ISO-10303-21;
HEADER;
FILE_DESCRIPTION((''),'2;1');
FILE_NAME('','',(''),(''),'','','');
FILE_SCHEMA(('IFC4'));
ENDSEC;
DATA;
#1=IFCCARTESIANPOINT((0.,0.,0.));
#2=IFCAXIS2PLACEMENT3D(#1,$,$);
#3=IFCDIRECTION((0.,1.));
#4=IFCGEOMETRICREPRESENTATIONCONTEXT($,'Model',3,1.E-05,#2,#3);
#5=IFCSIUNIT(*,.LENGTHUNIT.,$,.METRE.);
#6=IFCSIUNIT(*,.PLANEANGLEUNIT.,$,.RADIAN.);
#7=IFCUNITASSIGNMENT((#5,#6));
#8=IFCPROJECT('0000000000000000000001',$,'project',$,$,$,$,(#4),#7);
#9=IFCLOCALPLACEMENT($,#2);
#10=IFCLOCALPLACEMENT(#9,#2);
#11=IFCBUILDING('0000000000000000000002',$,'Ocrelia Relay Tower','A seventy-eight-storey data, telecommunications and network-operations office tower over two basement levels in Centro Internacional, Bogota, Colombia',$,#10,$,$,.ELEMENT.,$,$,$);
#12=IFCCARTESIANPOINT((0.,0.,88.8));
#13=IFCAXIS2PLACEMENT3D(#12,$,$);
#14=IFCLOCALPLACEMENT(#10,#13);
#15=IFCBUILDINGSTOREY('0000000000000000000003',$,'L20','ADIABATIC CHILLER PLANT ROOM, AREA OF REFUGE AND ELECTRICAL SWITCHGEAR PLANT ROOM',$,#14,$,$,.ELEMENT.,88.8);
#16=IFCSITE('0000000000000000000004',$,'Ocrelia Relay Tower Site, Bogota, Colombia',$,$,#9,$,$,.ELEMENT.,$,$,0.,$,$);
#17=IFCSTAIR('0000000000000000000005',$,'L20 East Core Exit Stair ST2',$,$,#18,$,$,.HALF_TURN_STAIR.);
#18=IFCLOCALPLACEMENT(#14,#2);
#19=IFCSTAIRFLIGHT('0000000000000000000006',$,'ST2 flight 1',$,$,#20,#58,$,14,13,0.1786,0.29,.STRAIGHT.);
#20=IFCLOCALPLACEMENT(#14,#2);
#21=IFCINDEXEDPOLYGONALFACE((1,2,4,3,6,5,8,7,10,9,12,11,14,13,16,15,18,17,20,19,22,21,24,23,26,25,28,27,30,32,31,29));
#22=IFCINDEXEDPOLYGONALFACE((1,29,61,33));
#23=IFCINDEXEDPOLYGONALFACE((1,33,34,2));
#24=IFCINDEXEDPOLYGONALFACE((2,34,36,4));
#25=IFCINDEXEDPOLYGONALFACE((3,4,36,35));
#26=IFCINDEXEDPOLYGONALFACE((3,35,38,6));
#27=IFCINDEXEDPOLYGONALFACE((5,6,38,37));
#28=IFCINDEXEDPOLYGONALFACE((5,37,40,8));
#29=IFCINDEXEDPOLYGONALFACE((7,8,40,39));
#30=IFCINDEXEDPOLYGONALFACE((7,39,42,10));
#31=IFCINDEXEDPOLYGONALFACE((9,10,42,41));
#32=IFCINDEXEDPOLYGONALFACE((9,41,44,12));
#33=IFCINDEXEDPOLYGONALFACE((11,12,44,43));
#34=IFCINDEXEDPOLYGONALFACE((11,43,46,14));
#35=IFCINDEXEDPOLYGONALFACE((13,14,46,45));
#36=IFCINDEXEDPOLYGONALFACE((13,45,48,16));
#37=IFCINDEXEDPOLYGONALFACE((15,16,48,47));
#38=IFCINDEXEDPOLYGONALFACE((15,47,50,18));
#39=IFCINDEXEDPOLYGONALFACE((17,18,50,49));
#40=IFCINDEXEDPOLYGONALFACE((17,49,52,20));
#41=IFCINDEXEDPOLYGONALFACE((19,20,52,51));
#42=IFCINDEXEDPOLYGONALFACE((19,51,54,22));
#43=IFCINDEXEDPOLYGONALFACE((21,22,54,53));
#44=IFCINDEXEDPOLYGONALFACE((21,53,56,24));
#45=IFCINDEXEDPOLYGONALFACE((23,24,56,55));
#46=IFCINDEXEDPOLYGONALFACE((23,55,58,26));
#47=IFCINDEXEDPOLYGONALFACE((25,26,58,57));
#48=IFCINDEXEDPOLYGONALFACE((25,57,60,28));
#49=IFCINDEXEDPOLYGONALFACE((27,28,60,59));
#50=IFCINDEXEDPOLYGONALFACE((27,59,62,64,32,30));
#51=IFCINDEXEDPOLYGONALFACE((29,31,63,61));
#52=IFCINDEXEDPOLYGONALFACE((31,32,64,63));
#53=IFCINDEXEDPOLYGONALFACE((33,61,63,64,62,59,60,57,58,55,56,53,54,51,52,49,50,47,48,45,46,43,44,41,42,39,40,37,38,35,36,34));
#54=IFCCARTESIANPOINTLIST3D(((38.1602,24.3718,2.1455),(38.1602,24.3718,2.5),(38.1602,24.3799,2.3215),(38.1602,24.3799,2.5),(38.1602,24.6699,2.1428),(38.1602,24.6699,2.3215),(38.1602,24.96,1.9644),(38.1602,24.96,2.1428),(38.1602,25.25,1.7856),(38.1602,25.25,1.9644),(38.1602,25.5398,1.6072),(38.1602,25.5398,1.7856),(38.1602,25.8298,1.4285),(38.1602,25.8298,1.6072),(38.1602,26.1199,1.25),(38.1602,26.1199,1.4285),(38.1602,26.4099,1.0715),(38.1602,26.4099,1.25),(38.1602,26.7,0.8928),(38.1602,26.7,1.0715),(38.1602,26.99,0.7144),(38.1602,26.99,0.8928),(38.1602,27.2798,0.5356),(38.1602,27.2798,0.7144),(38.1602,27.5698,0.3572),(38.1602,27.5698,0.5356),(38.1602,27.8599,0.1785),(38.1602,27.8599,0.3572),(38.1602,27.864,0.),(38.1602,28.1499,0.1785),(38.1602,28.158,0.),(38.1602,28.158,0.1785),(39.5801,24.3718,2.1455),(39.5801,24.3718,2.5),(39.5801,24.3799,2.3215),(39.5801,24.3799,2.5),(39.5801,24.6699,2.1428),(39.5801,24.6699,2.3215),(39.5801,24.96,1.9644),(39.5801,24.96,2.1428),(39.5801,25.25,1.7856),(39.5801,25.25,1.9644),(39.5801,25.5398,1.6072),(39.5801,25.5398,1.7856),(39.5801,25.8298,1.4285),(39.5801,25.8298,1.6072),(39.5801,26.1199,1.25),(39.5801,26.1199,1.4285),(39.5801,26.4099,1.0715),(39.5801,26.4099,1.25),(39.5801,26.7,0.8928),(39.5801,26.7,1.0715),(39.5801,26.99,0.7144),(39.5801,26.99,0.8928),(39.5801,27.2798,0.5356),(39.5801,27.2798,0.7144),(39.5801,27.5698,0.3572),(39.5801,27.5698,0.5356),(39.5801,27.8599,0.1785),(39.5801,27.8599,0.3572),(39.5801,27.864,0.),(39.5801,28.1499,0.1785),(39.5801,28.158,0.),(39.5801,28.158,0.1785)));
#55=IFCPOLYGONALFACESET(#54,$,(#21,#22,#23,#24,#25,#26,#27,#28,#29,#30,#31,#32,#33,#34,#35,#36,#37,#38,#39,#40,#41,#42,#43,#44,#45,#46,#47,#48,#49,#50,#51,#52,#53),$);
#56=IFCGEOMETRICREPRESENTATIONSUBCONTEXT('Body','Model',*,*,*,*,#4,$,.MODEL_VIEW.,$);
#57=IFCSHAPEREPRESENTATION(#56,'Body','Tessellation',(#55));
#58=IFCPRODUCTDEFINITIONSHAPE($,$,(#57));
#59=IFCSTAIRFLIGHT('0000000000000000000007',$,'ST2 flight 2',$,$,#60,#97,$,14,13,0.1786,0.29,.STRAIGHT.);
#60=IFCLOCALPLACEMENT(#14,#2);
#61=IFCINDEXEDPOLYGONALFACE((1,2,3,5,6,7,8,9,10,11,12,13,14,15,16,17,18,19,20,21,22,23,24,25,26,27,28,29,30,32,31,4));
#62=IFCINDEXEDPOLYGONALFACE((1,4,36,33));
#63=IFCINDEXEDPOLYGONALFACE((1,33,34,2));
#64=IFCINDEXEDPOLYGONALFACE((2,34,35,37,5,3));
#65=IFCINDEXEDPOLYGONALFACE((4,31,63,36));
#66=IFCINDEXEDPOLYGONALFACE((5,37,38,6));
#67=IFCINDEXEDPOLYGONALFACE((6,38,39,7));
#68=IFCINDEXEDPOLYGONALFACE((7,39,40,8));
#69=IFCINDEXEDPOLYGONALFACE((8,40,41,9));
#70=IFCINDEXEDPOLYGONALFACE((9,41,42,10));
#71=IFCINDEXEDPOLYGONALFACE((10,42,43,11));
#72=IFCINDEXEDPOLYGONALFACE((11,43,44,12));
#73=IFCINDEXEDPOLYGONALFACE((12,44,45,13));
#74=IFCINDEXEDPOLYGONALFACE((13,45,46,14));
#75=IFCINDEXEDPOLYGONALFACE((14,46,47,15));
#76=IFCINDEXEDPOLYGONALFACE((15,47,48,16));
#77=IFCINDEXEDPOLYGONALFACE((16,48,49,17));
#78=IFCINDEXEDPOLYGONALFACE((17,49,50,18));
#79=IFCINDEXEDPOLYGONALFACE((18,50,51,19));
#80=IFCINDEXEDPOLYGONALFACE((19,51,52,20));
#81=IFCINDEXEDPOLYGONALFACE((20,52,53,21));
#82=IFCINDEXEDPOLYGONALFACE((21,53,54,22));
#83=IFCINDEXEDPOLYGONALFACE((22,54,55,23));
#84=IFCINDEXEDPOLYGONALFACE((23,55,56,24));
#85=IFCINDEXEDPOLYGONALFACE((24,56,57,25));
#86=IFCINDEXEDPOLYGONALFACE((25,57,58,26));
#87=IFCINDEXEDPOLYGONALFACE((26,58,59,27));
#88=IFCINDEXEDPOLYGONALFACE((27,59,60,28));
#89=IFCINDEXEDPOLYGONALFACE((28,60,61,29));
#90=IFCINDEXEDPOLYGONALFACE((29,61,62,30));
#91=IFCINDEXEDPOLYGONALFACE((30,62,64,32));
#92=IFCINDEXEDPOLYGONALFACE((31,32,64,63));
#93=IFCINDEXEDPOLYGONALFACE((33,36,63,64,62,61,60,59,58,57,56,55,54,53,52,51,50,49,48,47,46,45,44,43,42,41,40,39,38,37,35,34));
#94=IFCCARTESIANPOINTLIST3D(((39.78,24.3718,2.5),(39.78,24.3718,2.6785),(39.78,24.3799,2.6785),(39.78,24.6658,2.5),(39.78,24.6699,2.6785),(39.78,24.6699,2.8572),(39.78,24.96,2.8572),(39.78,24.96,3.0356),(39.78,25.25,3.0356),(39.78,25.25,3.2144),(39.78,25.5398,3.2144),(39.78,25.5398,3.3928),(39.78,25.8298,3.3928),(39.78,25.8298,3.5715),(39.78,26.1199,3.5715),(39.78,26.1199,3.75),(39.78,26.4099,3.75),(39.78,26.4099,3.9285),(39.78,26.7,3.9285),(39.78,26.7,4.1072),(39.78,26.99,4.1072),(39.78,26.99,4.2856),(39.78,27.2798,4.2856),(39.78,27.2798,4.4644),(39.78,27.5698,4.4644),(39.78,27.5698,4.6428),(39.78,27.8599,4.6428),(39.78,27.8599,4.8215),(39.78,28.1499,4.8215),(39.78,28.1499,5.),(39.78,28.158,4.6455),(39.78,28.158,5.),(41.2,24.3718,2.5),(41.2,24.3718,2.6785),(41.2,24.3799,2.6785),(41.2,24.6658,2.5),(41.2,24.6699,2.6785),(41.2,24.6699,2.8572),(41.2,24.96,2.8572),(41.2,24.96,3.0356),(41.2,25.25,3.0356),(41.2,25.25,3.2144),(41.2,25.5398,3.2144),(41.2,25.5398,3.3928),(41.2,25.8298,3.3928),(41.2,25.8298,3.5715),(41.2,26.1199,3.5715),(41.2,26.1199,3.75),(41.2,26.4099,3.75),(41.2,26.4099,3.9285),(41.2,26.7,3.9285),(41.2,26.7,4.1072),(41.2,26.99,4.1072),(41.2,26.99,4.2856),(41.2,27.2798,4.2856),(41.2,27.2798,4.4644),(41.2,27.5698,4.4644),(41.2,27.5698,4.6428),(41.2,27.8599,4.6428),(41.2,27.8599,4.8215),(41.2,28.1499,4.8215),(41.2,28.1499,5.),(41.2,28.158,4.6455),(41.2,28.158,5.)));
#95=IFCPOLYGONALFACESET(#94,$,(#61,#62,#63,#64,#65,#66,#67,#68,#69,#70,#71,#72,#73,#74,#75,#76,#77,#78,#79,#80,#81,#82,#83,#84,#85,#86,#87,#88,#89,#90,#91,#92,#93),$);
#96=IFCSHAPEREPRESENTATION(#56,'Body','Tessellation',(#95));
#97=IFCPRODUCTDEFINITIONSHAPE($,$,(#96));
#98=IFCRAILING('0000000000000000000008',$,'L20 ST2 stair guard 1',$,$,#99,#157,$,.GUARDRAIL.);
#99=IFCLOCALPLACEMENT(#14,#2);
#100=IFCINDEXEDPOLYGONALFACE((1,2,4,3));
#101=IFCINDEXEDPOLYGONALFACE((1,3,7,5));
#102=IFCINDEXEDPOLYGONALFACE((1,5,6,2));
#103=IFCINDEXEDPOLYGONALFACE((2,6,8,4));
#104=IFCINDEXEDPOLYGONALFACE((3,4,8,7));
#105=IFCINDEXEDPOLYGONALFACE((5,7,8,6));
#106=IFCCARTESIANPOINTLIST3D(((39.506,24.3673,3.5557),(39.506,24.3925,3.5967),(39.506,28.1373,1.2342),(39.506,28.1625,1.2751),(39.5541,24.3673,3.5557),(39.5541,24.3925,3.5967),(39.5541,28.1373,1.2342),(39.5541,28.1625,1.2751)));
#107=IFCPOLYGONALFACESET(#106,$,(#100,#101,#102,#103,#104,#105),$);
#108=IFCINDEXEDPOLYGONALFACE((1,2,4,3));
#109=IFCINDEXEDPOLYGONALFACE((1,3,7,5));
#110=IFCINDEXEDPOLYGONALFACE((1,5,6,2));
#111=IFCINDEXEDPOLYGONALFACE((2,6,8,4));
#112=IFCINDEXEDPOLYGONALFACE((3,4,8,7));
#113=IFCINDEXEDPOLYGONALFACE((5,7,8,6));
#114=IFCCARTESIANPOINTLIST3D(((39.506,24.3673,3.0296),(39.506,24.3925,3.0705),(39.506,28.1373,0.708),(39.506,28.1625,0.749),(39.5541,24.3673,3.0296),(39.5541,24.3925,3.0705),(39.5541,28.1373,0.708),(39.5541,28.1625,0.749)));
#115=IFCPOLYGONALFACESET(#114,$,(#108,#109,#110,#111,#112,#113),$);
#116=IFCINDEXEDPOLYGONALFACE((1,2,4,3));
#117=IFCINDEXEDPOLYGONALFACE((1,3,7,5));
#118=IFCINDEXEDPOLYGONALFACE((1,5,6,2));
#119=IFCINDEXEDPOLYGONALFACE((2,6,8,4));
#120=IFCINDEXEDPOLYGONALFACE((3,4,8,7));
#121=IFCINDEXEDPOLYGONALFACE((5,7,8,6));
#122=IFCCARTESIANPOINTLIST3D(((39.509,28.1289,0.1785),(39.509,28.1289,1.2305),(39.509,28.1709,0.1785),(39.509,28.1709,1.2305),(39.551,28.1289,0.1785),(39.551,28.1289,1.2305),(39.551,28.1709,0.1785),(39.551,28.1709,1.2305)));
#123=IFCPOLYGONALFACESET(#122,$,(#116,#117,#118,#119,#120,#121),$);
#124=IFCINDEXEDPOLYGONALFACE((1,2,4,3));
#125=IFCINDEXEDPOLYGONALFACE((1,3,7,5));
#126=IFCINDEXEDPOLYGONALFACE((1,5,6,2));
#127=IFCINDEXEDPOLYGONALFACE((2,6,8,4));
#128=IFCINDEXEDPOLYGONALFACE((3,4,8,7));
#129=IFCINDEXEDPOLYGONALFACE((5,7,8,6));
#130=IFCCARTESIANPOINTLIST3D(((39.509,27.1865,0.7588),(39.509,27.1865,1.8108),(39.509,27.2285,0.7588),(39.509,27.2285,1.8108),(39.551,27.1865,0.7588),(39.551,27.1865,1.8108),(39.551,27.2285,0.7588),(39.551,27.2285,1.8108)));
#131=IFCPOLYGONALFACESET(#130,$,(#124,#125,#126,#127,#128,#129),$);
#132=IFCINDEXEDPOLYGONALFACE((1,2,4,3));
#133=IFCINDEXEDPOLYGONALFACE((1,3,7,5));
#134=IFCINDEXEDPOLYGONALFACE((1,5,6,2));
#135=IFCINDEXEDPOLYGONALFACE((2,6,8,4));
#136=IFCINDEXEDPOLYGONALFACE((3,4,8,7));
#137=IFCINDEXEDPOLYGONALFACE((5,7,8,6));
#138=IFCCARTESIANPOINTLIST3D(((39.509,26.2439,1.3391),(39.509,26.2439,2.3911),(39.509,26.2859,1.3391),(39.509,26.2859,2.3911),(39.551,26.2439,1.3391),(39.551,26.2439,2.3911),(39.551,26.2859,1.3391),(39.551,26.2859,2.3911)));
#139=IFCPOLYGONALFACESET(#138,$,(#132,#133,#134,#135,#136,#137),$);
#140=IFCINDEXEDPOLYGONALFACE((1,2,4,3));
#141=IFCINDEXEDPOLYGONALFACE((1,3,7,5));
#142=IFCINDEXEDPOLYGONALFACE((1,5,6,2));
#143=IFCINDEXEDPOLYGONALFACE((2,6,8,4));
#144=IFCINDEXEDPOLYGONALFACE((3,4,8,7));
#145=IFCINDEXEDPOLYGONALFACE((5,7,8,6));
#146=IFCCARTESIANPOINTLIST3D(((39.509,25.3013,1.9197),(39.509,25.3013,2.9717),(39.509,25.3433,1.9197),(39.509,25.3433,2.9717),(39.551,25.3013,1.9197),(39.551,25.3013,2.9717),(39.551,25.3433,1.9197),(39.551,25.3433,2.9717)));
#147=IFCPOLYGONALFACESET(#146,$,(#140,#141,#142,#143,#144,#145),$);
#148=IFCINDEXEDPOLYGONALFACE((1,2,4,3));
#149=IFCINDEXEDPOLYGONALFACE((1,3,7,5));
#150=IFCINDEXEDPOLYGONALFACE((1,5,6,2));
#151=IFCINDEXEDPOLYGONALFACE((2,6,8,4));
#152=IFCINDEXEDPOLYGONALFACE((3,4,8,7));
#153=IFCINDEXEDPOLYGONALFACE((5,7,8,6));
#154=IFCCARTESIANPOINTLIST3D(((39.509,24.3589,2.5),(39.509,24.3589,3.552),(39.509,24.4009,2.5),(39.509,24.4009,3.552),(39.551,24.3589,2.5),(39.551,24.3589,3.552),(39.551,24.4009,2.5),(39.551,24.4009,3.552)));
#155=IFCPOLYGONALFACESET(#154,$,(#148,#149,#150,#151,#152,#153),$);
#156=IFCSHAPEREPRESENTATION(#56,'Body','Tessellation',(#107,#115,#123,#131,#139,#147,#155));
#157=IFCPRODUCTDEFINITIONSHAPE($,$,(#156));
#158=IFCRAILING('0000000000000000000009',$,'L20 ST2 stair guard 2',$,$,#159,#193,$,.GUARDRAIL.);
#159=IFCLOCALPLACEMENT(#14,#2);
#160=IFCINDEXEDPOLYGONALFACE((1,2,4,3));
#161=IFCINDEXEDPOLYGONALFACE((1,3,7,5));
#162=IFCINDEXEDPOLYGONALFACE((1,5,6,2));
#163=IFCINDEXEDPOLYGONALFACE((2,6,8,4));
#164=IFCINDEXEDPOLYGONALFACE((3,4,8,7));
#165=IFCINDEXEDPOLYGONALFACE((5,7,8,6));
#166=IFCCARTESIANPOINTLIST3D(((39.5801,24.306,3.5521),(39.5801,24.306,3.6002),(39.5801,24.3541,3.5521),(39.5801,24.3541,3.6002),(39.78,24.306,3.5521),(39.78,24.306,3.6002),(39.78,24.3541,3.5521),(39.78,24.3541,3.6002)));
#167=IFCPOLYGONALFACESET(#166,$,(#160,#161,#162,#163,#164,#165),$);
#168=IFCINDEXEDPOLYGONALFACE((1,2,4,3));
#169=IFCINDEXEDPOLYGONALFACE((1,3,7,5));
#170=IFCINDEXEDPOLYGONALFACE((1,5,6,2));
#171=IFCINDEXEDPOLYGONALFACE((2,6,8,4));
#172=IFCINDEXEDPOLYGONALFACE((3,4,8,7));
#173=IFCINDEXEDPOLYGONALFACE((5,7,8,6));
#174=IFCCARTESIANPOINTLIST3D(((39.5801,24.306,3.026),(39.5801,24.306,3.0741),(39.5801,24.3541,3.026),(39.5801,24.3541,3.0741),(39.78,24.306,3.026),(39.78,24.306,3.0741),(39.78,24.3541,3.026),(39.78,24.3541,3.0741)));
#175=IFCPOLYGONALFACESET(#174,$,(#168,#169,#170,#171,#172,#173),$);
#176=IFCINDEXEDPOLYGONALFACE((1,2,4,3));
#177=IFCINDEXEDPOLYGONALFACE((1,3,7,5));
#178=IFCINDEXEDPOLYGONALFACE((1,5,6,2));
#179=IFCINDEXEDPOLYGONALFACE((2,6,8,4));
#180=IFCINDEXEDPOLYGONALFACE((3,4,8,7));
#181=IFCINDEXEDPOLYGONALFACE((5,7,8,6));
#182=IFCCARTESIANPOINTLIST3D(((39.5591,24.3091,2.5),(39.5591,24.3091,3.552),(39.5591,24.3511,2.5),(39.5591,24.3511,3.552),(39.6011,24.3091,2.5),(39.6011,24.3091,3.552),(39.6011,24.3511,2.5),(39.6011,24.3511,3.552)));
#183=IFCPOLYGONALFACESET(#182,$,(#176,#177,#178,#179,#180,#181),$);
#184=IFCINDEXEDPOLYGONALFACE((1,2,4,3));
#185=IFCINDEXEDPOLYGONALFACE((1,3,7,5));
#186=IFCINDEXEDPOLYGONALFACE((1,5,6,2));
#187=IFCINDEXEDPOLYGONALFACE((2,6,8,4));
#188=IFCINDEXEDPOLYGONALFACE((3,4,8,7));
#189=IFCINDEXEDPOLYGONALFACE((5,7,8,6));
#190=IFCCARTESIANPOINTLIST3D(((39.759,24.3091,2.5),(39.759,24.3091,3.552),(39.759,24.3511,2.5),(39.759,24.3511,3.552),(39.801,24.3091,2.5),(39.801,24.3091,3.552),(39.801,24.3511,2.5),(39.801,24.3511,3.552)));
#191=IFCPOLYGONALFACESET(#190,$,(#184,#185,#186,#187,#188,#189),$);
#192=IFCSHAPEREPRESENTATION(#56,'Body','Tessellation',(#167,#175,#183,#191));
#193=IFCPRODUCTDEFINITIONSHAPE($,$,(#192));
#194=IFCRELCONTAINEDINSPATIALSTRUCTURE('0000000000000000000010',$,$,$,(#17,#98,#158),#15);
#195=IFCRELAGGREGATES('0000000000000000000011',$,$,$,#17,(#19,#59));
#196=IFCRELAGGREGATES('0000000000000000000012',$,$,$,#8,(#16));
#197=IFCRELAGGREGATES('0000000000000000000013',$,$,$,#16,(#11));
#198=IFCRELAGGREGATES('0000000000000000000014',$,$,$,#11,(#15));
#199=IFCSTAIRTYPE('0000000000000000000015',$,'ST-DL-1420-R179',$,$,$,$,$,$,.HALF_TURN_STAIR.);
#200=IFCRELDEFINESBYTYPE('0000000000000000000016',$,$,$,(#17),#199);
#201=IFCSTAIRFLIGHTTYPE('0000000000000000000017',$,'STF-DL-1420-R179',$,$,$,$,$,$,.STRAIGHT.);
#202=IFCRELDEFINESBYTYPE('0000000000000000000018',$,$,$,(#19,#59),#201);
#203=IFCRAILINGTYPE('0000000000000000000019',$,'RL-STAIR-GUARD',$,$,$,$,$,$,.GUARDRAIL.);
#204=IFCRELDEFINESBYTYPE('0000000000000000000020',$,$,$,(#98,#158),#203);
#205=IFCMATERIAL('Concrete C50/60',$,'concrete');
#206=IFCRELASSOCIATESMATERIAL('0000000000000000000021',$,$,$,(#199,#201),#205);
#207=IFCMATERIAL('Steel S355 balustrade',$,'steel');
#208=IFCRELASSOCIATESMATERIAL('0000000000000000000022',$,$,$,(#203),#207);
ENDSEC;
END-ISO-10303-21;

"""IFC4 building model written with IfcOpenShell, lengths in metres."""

from ifc_helpers import new_model, si_unit, direction, frame, origin, origin_2d, place, context, subcontext, project, spatial, polyline, rectangle, outline, extrude, material, type_object, element, aggregate, save


model = new_model("IFC4")

# Units and contexts
model_context = context("Model", 3, precision=1e-05, world=origin(), true_north=direction((0.0, 1.0)))
body_context = subcontext(model_context, "Body", "Model", "MODEL_VIEW")
ifc_project = project(units=[si_unit("LENGTHUNIT", "METRE"), si_unit("PLANEANGLEUNIT", "RADIAN")], contexts=[model_context])

# Site, building, storey
site_placement = place(None, origin())
site = spatial("IfcSite", under=ifc_project, at=site_placement, Name="Ocrelia Relay Tower Site, Bogota, Colombia", CompositionType="ELEMENT", RefElevation=0.0)
building_placement = place(site_placement, origin())
building = spatial("IfcBuilding", under=site, at=building_placement, Name="Ocrelia Relay Tower", Description="A seventy-eight-storey data, telecommunications and network-operations office tower over two basement levels in Centro Internacional, Bogota, Colombia", CompositionType="ELEMENT")
storey_placement = place(building_placement, frame((0.0, 0.0, 88.8)))
storey = spatial("IfcBuildingStorey", under=building, at=storey_placement, Name="L20", Description="ADIABATIC CHILLER PLANT ROOM, AREA OF REFUGE AND ELECTRICAL SWITCHGEAR PLANT ROOM", CompositionType="ELEMENT", Elevation=88.8)

# Shared definitions
ifc_material_1 = material(Name="Concrete C50/60", Category="concrete")

# Stair, stair flights
stair_type = type_object("IfcStairType", Name="ST-DL-1420-R179", PredefinedType="HALF_TURN_STAIR", material=ifc_material_1)
stair_placement = place(storey_placement, origin())
stair = element("IfcStair", 1, at=stair_placement, inside=storey, type_object=stair_type, Name="L20 East Core Exit Stair ST2", PredefinedType="HALF_TURN_STAIR")
stair_flight_type = type_object("IfcStairFlightType", Name="STF-DL-1420-R179", PredefinedType="STRAIGHT", material=ifc_material_1)
stair_flight_1_placement = place(storey_placement, frame((38.8701, 28.1499, 0.0), z_axis=(0.0, 0.0, 1.0), x_axis=(0.0, -1.0, 0.0)))
stair_flight_1 = element("IfcStairFlight", 2, at=stair_flight_1_placement, type_object=stair_flight_type, Name="ST2 flight 1", NumberOfRisers=14, NumberOfTreads=13, PredefinedType="STRAIGHT", RiserHeight=0.1786, TreadLength=0.29, context=body_context, shape_type="SweptSolid", body=[
    extrude(outline(polyline([(-0.0081, 0.0), (-0.0081, 0.1785), (0.0, 0.1785), (0.29, 0.1785), (0.29, 0.3572), (0.5801, 0.3572), (0.5801, 0.5356), (0.8701, 0.5356), (0.8701, 0.7144), (1.1599, 0.7144), (1.1599, 0.8928), (1.45, 0.8928), (1.45, 1.0715), (1.74, 1.0715), (1.74, 1.25), (2.03, 1.25), (2.03, 1.4285), (2.3201, 1.4285), (2.3201, 1.6072), (2.6101, 1.6072), (2.6101, 1.7856), (2.8999, 1.7856), (2.8999, 1.9644), (3.1899, 1.9644), (3.1899, 2.1428), (3.48, 2.1428), (3.48, 2.3215), (3.77, 2.3215), (3.77, 2.5), (3.7781, 2.5), (3.7781, 2.1455), (0.2859, 0.0), (-0.0081, 0.0)])), frame((0.0, 0.71, 0.0), z_axis=(0.0, -1.0, 0.0), x_axis=(1.0, 0.0, 0.0)), (0.0, 0.0, 1.0), 1.4199),
])
stair_flight_2_placement = place(storey_placement, frame((40.49, 24.3799, 2.5), z_axis=(0.0, 0.0, 1.0), x_axis=(0.0, 1.0, 0.0)))
stair_flight_2 = element("IfcStairFlight", 3, at=stair_flight_2_placement, type_object=stair_flight_type, Name="ST2 flight 2", NumberOfRisers=14, NumberOfTreads=13, PredefinedType="STRAIGHT", RiserHeight=0.1786, TreadLength=0.29, context=body_context, shape_type="SweptSolid", body=[
    extrude(outline(polyline([(-0.0081, 0.0), (-0.0081, 0.1785), (0.0, 0.1785), (0.29, 0.1785), (0.29, 0.3572), (0.5801, 0.3572), (0.5801, 0.5356), (0.8701, 0.5356), (0.8701, 0.7144), (1.1599, 0.7144), (1.1599, 0.8928), (1.45, 0.8928), (1.45, 1.0715), (1.74, 1.0715), (1.74, 1.25), (2.03, 1.25), (2.03, 1.4285), (2.3201, 1.4285), (2.3201, 1.6072), (2.6101, 1.6072), (2.6101, 1.7856), (2.8999, 1.7856), (2.8999, 1.9644), (3.1899, 1.9644), (3.1899, 2.1428), (3.48, 2.1428), (3.48, 2.3215), (3.77, 2.3215), (3.77, 2.5), (3.7781, 2.5), (3.7781, 2.1455), (0.2859, 0.0), (-0.0081, 0.0)])), frame((0.0, 0.71, 0.0), z_axis=(0.0, -1.0, 0.0), x_axis=(1.0, 0.0, 0.0)), (0.0, 0.0, 1.0), 1.4199),
])
aggregate(stair, [stair_flight_1, stair_flight_2])

# Railings
ifc_material_2 = material(Name="Steel S355 balustrade", Category="steel")
railing_type_1 = type_object("IfcRailingType", Name="RL-STAIR-GUARD", PredefinedType="GUARDRAIL", material=ifc_material_2)
railing_1_placement = place(storey_placement, frame((39.53, 28.1499, 0.1785)))
element("IfcRailing", 4, at=railing_1_placement, inside=storey, type_object=railing_type_1, Name="L20 ST2 stair guard 1", PredefinedType="GUARDRAIL", context=body_context, shape_type="SweptSolid", body=[
    extrude(rectangle(XDim=0.0481, YDim=0.0481, at=origin_2d()), frame((0.0, 0.0, 1.0762), z_axis=(0.0, -0.851505, 0.524347), x_axis=(1.0, 0.0, 0.0)), (0.0, 0.0, 1.0), 4.4275),
    extrude(rectangle(XDim=0.0481, YDim=0.0481, at=origin_2d()), frame((0.0, 0.0, 0.55), z_axis=(0.0, -0.851505, 0.524347), x_axis=(1.0, 0.0, 0.0)), (0.0, 0.0, 1.0), 4.4275),
    extrude(rectangle(XDim=0.042, YDim=0.042, at=origin_2d()), origin(), (0.0, 0.0, 1.0), 1.052),
    extrude(rectangle(XDim=0.042, YDim=0.042, at=origin_2d()), frame((0.0, -0.9424, 0.5803)), (0.0, 0.0, 1.0), 1.052),
    extrude(rectangle(XDim=0.042, YDim=0.042, at=origin_2d()), frame((0.0, -1.885, 1.1606)), (0.0, 0.0, 1.0), 1.052),
    extrude(rectangle(XDim=0.042, YDim=0.042, at=origin_2d()), frame((0.0, -2.8276, 1.7412)), (0.0, 0.0, 1.0), 1.052),
    extrude(rectangle(XDim=0.042, YDim=0.042, at=origin_2d()), frame((0.0, -3.77, 2.3215)), (0.0, 0.0, 1.0), 1.052),
])
railing_2_placement = place(storey_placement, frame((39.5801, 24.3301, 2.5)))
element("IfcRailing", 5, at=railing_2_placement, inside=storey, type_object=railing_type_1, Name="L20 ST2 stair guard 2", PredefinedType="GUARDRAIL", context=body_context, shape_type="SweptSolid", body=[
    extrude(rectangle(XDim=0.0481, YDim=0.0481, at=origin_2d()), frame((0.0, 0.0, 1.0762), z_axis=(1.0, 0.0, 0.0), x_axis=(0.0, 1.0, 0.0)), (0.0, 0.0, 1.0), 0.2),
    extrude(rectangle(XDim=0.0481, YDim=0.0481, at=origin_2d()), frame((0.0, 0.0, 0.55), z_axis=(1.0, 0.0, 0.0), x_axis=(0.0, 1.0, 0.0)), (0.0, 0.0, 1.0), 0.2),
    extrude(rectangle(XDim=0.042, YDim=0.042, at=origin_2d()), origin(), (0.0, 0.0, 1.0), 1.052),
    extrude(rectangle(XDim=0.042, YDim=0.042, at=origin_2d()), frame((0.2, 0.0, 0.0)), (0.0, 0.0, 1.0), 1.052),
])

save(model, "model.ifc")
